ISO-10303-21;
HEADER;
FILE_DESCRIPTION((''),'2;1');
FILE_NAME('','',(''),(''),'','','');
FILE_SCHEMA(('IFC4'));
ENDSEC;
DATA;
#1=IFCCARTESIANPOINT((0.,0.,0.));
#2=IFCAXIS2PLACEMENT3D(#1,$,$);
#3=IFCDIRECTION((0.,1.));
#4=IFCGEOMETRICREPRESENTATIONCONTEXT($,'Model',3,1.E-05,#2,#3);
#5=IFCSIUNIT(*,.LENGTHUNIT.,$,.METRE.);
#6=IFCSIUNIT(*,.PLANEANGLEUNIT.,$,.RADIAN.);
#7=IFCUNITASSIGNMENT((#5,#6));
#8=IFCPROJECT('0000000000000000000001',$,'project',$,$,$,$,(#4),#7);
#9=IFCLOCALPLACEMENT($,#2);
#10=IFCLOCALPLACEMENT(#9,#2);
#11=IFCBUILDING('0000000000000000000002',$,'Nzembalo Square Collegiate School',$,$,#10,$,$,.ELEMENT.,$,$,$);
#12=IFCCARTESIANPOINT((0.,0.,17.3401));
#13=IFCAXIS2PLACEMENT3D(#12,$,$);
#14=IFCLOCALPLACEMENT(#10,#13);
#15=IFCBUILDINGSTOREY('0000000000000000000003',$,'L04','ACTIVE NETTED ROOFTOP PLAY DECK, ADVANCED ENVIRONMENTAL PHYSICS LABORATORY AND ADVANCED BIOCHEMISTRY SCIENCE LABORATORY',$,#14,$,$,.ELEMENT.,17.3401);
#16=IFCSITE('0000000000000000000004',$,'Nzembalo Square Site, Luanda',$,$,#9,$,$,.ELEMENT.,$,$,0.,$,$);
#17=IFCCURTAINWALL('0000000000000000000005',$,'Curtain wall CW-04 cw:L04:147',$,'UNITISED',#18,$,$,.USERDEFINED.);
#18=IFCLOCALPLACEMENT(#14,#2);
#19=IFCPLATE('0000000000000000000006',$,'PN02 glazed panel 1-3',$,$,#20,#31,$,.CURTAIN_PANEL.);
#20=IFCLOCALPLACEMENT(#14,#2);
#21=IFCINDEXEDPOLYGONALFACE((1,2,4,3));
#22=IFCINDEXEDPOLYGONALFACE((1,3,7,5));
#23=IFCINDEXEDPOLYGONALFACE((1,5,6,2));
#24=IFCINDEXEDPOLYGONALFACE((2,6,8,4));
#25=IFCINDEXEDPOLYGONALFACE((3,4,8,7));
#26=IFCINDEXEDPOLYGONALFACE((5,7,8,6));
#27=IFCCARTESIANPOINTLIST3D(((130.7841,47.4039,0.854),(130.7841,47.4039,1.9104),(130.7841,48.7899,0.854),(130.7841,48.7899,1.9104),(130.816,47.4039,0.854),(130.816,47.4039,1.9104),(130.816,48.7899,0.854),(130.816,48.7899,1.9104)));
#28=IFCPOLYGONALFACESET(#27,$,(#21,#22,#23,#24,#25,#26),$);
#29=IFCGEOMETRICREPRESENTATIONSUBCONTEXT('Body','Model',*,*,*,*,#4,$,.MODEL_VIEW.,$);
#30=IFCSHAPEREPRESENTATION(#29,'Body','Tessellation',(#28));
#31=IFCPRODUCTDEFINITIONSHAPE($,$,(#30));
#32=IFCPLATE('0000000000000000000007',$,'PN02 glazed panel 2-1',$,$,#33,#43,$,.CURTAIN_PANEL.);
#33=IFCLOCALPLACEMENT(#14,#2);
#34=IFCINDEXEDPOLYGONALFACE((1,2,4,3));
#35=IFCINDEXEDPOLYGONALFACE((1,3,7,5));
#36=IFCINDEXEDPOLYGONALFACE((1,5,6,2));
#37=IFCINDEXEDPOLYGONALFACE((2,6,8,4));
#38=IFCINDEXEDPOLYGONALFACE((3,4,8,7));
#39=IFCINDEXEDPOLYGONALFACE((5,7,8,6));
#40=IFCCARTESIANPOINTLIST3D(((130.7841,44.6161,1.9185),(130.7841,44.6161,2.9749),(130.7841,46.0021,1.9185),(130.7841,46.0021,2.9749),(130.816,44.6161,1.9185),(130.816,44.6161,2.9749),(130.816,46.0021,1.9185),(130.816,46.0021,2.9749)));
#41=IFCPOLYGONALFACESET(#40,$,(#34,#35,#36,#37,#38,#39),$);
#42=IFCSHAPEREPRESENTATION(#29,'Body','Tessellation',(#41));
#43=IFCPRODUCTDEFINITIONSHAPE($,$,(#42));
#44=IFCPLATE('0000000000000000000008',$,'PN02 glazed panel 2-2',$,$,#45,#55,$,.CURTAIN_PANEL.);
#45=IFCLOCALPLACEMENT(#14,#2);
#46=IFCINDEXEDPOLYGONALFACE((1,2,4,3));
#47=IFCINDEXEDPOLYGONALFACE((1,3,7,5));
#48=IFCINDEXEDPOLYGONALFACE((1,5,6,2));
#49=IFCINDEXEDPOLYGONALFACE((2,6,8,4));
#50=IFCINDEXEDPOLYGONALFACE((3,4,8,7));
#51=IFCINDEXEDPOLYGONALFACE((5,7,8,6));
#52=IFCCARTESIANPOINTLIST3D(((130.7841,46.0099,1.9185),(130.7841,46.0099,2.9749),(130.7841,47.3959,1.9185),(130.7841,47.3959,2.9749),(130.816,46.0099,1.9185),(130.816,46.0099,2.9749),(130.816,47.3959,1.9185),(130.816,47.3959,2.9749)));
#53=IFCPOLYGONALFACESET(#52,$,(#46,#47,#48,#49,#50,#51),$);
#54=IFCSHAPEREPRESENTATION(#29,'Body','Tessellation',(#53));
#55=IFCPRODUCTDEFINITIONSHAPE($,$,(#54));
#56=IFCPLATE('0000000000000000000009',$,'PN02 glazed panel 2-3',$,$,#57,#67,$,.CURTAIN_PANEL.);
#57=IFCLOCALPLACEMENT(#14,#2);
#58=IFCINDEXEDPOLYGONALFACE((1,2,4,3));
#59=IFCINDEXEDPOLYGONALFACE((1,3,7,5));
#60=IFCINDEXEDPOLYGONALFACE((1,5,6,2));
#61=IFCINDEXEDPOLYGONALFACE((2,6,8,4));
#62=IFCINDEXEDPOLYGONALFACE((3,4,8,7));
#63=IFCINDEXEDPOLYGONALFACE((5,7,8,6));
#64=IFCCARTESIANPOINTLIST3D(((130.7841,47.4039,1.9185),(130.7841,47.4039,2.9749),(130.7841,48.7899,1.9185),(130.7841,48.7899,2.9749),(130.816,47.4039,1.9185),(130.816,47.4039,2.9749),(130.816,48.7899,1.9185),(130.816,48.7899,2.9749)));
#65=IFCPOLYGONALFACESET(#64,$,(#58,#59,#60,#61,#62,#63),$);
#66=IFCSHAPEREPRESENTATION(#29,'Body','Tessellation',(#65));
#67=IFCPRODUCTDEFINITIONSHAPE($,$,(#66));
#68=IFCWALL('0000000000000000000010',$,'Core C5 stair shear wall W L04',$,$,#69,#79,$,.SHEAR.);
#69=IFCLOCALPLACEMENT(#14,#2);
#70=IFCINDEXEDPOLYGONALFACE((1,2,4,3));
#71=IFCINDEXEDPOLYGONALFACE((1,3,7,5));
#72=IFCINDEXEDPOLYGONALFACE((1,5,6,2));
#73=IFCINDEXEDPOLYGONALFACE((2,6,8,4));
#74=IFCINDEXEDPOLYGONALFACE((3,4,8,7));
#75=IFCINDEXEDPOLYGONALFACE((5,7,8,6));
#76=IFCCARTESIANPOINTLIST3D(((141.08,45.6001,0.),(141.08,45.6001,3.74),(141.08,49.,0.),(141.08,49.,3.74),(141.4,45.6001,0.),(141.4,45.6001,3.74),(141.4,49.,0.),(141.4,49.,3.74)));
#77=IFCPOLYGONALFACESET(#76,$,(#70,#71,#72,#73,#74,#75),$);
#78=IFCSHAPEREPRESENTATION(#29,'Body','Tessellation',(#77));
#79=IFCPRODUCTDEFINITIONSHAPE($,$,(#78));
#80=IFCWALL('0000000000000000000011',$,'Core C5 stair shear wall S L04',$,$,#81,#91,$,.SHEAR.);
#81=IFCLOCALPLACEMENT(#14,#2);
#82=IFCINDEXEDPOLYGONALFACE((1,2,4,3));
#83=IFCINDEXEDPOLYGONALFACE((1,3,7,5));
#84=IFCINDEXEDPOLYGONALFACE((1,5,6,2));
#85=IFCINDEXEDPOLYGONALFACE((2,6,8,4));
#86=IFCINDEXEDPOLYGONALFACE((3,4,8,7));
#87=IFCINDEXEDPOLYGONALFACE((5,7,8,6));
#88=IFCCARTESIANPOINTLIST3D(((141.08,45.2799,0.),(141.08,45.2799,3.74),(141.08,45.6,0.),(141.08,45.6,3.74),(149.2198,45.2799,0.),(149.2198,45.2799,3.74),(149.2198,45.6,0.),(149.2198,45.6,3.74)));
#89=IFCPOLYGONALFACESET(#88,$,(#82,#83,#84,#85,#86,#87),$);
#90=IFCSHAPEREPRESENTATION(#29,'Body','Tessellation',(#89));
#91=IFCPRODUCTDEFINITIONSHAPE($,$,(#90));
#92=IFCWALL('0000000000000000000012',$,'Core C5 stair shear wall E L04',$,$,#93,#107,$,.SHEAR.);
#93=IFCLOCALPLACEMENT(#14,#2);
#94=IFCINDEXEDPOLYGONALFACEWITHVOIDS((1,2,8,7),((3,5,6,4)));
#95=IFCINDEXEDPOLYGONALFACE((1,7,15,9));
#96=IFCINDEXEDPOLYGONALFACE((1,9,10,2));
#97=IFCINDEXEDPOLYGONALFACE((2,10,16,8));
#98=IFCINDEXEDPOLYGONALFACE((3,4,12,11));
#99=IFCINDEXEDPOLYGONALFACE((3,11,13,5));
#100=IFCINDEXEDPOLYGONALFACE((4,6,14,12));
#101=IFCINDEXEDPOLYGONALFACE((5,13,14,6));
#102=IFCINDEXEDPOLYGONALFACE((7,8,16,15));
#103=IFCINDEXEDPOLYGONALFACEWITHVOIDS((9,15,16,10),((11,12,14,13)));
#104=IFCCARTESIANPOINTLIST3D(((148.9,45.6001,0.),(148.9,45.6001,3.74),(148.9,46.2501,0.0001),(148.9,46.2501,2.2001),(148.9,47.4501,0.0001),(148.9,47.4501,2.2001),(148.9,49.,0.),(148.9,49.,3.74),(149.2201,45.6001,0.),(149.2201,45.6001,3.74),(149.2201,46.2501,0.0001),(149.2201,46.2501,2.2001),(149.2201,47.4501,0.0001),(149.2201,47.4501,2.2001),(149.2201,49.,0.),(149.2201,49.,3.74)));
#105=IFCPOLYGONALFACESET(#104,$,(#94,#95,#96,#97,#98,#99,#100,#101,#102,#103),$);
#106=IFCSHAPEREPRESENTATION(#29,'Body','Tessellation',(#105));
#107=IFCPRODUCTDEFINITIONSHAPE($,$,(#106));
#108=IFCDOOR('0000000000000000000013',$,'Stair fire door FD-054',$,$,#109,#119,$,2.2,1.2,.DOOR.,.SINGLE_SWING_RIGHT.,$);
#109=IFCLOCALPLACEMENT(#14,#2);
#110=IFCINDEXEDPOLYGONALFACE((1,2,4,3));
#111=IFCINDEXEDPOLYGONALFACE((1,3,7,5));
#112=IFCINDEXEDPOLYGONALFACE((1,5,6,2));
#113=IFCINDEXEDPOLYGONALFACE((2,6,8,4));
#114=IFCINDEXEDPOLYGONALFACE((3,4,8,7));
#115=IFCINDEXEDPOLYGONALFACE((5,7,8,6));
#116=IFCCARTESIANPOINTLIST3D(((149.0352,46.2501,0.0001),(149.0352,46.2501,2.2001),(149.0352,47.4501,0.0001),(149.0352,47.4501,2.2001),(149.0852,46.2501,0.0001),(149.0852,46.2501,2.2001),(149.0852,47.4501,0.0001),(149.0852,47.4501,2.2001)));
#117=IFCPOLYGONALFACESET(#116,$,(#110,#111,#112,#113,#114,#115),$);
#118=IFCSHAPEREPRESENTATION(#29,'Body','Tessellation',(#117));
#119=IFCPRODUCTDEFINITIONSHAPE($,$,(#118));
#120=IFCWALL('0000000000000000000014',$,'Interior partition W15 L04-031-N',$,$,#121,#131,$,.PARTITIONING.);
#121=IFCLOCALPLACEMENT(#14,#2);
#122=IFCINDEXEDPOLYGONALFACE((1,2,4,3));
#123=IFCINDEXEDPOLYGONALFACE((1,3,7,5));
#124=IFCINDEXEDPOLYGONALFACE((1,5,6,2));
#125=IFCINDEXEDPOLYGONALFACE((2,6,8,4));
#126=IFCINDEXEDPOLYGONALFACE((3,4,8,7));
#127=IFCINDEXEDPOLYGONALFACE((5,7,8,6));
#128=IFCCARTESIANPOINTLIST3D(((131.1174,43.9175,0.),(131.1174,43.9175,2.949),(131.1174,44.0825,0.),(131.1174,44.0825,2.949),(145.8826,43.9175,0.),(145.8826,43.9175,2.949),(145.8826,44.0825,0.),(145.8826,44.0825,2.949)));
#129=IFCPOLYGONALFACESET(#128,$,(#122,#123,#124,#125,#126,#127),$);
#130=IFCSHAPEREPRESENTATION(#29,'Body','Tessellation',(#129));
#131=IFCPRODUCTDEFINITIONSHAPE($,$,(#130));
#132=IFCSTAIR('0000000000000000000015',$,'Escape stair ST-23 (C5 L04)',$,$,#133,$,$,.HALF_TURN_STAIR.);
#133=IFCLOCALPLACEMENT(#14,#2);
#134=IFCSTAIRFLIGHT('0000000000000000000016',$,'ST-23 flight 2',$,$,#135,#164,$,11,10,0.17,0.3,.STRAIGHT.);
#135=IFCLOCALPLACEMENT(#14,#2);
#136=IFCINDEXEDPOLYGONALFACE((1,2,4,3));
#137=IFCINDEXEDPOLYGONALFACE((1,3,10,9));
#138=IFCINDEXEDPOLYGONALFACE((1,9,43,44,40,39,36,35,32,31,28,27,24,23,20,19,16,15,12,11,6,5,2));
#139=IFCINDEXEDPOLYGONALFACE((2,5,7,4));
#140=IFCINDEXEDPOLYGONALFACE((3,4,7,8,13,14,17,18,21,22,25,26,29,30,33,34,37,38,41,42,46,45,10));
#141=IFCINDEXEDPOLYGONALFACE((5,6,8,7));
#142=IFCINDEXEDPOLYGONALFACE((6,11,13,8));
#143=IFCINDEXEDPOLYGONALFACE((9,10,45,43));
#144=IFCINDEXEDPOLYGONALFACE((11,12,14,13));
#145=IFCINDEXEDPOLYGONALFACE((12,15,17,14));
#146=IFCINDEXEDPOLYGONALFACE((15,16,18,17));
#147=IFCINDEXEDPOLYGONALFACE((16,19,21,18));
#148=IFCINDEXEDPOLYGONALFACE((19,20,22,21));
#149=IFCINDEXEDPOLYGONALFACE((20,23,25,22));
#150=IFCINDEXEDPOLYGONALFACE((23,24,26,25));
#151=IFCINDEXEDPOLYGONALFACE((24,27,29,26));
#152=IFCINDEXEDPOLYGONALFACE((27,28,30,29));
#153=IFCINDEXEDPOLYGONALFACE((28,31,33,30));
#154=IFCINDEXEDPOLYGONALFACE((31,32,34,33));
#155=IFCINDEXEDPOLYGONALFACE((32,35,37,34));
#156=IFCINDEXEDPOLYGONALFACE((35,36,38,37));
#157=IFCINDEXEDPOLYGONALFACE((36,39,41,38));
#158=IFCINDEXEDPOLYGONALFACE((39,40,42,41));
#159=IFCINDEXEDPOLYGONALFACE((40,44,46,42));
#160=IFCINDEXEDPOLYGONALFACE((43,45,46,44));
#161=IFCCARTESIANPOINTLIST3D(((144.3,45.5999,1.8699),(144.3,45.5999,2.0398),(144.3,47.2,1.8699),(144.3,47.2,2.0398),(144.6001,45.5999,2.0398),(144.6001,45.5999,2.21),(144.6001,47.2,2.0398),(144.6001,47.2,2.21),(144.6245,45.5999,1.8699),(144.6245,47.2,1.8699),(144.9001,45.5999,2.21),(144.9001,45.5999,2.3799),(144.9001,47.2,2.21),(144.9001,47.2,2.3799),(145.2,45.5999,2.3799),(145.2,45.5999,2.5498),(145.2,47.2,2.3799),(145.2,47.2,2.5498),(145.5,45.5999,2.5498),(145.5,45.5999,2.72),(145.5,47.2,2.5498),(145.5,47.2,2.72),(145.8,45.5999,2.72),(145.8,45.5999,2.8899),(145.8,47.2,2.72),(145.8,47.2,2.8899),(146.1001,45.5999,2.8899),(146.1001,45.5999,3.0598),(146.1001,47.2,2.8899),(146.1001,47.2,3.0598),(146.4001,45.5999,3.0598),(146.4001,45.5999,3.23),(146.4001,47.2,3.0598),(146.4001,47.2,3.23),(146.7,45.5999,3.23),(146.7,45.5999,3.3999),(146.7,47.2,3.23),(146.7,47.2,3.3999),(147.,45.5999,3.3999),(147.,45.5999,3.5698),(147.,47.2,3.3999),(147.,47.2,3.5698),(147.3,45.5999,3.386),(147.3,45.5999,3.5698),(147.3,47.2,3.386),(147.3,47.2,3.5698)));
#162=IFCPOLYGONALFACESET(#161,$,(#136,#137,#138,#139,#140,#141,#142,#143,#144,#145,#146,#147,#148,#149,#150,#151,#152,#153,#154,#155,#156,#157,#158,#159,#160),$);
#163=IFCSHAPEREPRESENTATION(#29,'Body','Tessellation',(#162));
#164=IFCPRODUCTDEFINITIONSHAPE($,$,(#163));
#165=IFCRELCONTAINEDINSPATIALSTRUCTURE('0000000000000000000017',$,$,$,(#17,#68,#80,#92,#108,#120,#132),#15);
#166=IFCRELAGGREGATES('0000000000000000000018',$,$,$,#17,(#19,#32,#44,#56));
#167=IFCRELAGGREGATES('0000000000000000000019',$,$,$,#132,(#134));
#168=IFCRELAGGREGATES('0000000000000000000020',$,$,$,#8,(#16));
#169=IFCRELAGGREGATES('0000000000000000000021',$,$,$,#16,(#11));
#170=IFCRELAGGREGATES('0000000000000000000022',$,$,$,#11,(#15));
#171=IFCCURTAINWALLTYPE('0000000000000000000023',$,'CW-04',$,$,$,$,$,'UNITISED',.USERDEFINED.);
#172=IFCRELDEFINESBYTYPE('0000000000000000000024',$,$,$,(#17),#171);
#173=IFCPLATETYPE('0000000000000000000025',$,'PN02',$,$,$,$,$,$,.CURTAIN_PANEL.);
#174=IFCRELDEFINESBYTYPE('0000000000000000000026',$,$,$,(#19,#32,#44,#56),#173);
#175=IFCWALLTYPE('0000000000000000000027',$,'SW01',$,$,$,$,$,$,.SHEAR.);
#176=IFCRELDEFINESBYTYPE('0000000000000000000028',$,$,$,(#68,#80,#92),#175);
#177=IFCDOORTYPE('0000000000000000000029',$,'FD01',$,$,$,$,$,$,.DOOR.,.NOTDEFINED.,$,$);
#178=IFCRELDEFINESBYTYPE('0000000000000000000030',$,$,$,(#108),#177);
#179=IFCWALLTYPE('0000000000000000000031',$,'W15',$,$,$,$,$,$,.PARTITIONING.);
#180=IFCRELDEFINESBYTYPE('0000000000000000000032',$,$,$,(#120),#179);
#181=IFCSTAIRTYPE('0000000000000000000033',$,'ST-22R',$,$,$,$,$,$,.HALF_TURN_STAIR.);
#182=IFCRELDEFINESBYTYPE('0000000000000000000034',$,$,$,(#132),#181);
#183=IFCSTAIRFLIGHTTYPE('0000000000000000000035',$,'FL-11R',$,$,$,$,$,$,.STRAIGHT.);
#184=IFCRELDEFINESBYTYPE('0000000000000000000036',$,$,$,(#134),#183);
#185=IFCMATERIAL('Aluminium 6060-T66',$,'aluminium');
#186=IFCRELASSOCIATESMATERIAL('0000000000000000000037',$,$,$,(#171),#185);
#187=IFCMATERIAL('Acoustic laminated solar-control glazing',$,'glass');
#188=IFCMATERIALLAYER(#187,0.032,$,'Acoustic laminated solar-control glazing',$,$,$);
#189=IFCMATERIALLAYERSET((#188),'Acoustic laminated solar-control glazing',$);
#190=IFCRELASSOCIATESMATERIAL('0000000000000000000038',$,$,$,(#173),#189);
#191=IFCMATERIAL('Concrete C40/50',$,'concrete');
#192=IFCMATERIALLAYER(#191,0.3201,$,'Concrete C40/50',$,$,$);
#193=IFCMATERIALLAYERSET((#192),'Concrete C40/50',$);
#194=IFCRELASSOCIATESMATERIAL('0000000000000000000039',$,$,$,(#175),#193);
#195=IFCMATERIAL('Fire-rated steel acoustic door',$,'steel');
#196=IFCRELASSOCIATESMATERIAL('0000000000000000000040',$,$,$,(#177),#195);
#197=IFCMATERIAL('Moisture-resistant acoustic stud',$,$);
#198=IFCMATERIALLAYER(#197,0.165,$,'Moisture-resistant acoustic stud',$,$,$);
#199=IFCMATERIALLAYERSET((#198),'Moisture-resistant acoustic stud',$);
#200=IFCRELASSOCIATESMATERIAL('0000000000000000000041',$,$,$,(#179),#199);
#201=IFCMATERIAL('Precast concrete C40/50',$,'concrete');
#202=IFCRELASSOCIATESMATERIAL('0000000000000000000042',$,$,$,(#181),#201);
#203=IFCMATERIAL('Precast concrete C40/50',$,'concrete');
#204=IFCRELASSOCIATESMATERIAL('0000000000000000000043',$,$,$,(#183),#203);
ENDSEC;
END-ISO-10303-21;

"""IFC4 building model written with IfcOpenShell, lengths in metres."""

from ifc_helpers import new_model, si_unit, direction, frame, frame_2d, origin, origin_2d, place, context, subcontext, project, spatial, polyline, rectangle, outline, extrude, material, layer, layer_set, type_object, element, fill, aggregate, save


model = new_model("IFC4")

# Units and contexts
model_context = context("Model", 3, precision=1e-05, world=origin(), true_north=direction((0.0, 1.0)))
body_context = subcontext(model_context, "Body", "Model", "MODEL_VIEW")
ifc_project = project(units=[si_unit("LENGTHUNIT", "METRE"), si_unit("PLANEANGLEUNIT", "RADIAN")], contexts=[model_context])

# Site, building, storey
site_placement = place(None, origin())
site = spatial("IfcSite", under=ifc_project, at=site_placement, Name="Nzembalo Square Site, Luanda", CompositionType="ELEMENT", RefElevation=0.0)
building_placement = place(site_placement, origin())
building = spatial("IfcBuilding", under=site, at=building_placement, Name="Nzembalo Square Collegiate School", CompositionType="ELEMENT")
storey_placement = place(building_placement, frame((0.0, 0.0, 17.3401)))
storey = spatial("IfcBuildingStorey", under=building, at=storey_placement, Name="L04", Description="ACTIVE NETTED ROOFTOP PLAY DECK, ADVANCED ENVIRONMENTAL PHYSICS LABORATORY AND ADVANCED BIOCHEMISTRY SCIENCE LABORATORY", CompositionType="ELEMENT", Elevation=17.3401)

# Curtain wall, plates
ifc_material_1 = material(Name="Aluminium 6060-T66", Category="aluminium")
curtain_wall_type = type_object("IfcCurtainWallType", Name="CW-04", ElementType="UNITISED", PredefinedType="USERDEFINED", material=ifc_material_1)
curtain_wall_placement = place(storey_placement, origin())
curtain_wall = element("IfcCurtainWall", 1, at=curtain_wall_placement, inside=storey, type_object=curtain_wall_type, Name="Curtain wall CW-04 cw:L04:147", ObjectType="UNITISED", PredefinedType="USERDEFINED")
ifc_material_2 = material(Name="Acoustic laminated solar-control glazing", Category="glass")
ifc_layer_1 = layer(ifc_material_2, 0.032, Name="Acoustic laminated solar-control glazing")
ifc_layer_set_1 = layer_set([ifc_layer_1], Name="Acoustic laminated solar-control glazing")
plate_type = type_object("IfcPlateType", Name="PN02", PredefinedType="CURTAIN_PANEL", material=ifc_layer_set_1)
plate_1_placement = place(storey_placement, frame((130.8, 48.0969, 0.854), z_axis=(0.0, 0.0, 1.0), x_axis=(0.0, 1.0, 0.0)))
plate_1 = element("IfcPlate", 2, at=plate_1_placement, type_object=plate_type, Name="PN02 glazed panel 1-3", PredefinedType="CURTAIN_PANEL", context=body_context, shape_type="SweptSolid", body=[
    extrude(rectangle(XDim=1.386, YDim=0.032, at=origin_2d()), origin(), (0.0, 0.0, 1.0), 1.0564),
])
plate_2_placement = place(storey_placement, frame((130.8, 45.3091, 1.9185), z_axis=(0.0, 0.0, 1.0), x_axis=(0.0, 1.0, 0.0)))
plate_2 = element("IfcPlate", 3, at=plate_2_placement, type_object=plate_type, Name="PN02 glazed panel 2-1", PredefinedType="CURTAIN_PANEL", context=body_context, shape_type="SweptSolid", body=[
    extrude(rectangle(XDim=1.386, YDim=0.032, at=origin_2d()), origin(), (0.0, 0.0, 1.0), 1.0564),
])
plate_3_placement = place(storey_placement, frame((130.8, 46.7029, 1.9185), z_axis=(0.0, 0.0, 1.0), x_axis=(0.0, 1.0, 0.0)))
plate_3 = element("IfcPlate", 4, at=plate_3_placement, type_object=plate_type, Name="PN02 glazed panel 2-2", PredefinedType="CURTAIN_PANEL", context=body_context, shape_type="SweptSolid", body=[
    extrude(rectangle(XDim=1.386, YDim=0.032, at=origin_2d()), origin(), (0.0, 0.0, 1.0), 1.0564),
])
plate_4_placement = place(storey_placement, frame((130.8, 48.0969, 1.9185), z_axis=(0.0, 0.0, 1.0), x_axis=(0.0, 1.0, 0.0)))
plate_4 = element("IfcPlate", 5, at=plate_4_placement, type_object=plate_type, Name="PN02 glazed panel 2-3", PredefinedType="CURTAIN_PANEL", context=body_context, shape_type="SweptSolid", body=[
    extrude(rectangle(XDim=1.386, YDim=0.032, at=origin_2d()), origin(), (0.0, 0.0, 1.0), 1.0564),
])
aggregate(curtain_wall, [plate_1, plate_2, plate_3, plate_4])

# Walls
ifc_material_3 = material(Name="Concrete C40/50", Category="concrete")
ifc_layer_2 = layer(ifc_material_3, 0.3201, Name="Concrete C40/50")
ifc_layer_set_2 = layer_set([ifc_layer_2], Name="Concrete C40/50")
wall_type_1 = type_object("IfcWallType", Name="SW01", PredefinedType="SHEAR", material=ifc_layer_set_2)
wall_1_placement = place(storey_placement, frame((141.24, 45.6001, 0.0), z_axis=(0.0, 0.0, 1.0), x_axis=(0.0, 1.0, 0.0)))
element("IfcWall", 6, at=wall_1_placement, inside=storey, type_object=wall_type_1, Name="Core C5 stair shear wall W L04", PredefinedType="SHEAR", context=body_context, shape_type="SweptSolid", body=[
    extrude(rectangle(XDim=3.3999, YDim=0.3201, at=frame_2d((1.7, 0.0))), origin(), (0.0, 0.0, 1.0), 3.74),
])
wall_2_placement = place(storey_placement, frame((141.0801, 45.4399, 0.0), z_axis=(0.0, 0.0, 1.0), x_axis=(1.0, 0.0, 0.0)))
element("IfcWall", 7, at=wall_2_placement, inside=storey, type_object=wall_type_1, Name="Core C5 stair shear wall S L04", PredefinedType="SHEAR", context=body_context, shape_type="SweptSolid", body=[
    extrude(rectangle(XDim=8.1399, YDim=0.3201, at=frame_2d((4.0698, 0.0))), origin(), (0.0, 0.0, 1.0), 3.74),
])

# Wall, opening, door
wall_3_placement = place(storey_placement, frame((149.0601, 45.6001, 0.0), z_axis=(0.0, 0.0, 1.0), x_axis=(0.0, 1.0, 0.0)))
wall_3 = element("IfcWall", 8, at=wall_3_placement, inside=storey, type_object=wall_type_1, Name="Core C5 stair shear wall E L04", PredefinedType="SHEAR", context=body_context, shape_type="SweptSolid", body=[
    extrude(rectangle(XDim=3.3999, YDim=0.3201, at=frame_2d((1.7, 0.0))), origin(), (0.0, 0.0, 1.0), 3.74),
])
opening_placement = place(wall_3_placement, frame((0.6499, 0.0, 0.0)))
opening = element("IfcOpeningElement", 9, at=opening_placement, cuts=wall_3, PredefinedType="OPENING", context=body_context, shape_type="SweptSolid", body=[
    extrude(rectangle(XDim=1.2, YDim=2.2, at=frame_2d((0.6001, 1.1001))), frame((0.0, 0.1699, 0.0), z_axis=(0.0, -1.0, 0.0), x_axis=(1.0, 0.0, 0.0)), (0.0, 0.0, 1.0), 0.3401),
])
ifc_material_4 = material(Name="Fire-rated steel acoustic door", Category="steel")
door_type = type_object("IfcDoorType", Name="FD01", OperationType="NOTDEFINED", PredefinedType="DOOR", material=ifc_material_4)
door_placement = place(opening_placement, origin())
door = element("IfcDoor", 10, at=door_placement, inside=storey, type_object=door_type, Name="Stair fire door FD-054", OperationType="SINGLE_SWING_RIGHT", OverallHeight=2.2, OverallWidth=1.2, PredefinedType="DOOR", context=body_context, shape_type="SweptSolid", body=[
    extrude(rectangle(XDim=1.2, YDim=2.2, at=frame_2d((0.6001, 1.1001))), frame((0.0, 0.0249, 0.0), z_axis=(0.0, -1.0, 0.0), x_axis=(1.0, 0.0, 0.0)), (0.0, 0.0, 1.0), 0.05),
])
fill(opening, door)

# Wall
ifc_material_5 = material(Name="Moisture-resistant acoustic stud")
ifc_layer_3 = layer(ifc_material_5, 0.165, Name="Moisture-resistant acoustic stud")
ifc_layer_set_3 = layer_set([ifc_layer_3], Name="Moisture-resistant acoustic stud")
wall_type_2 = type_object("IfcWallType", Name="W15", PredefinedType="PARTITIONING", material=ifc_layer_set_3)
wall_4_placement = place(storey_placement, frame((131.1174, 44.0, 0.0), z_axis=(0.0, 0.0, 1.0), x_axis=(1.0, 0.0, 0.0)))
element("IfcWall", 11, at=wall_4_placement, inside=storey, type_object=wall_type_2, Name="Interior partition W15 L04-031-N", PredefinedType="PARTITIONING", context=body_context, shape_type="SweptSolid", body=[
    extrude(rectangle(XDim=14.7651, YDim=0.165, at=frame_2d((7.3826, 0.0))), origin(), (0.0, 0.0, 1.0), 2.949),
])

# Stair, stair flight
ifc_material_6 = material(Name="Precast concrete C40/50", Category="concrete")
stair_type = type_object("IfcStairType", Name="ST-22R", PredefinedType="HALF_TURN_STAIR", material=ifc_material_6)
stair_placement = place(storey_placement, origin())
stair = element("IfcStair", 12, at=stair_placement, inside=storey, type_object=stair_type, Name="Escape stair ST-23 (C5 L04)", PredefinedType="HALF_TURN_STAIR")
ifc_material_7 = material(Name="Precast concrete C40/50", Category="concrete")
stair_flight_type = type_object("IfcStairFlightType", Name="FL-11R", PredefinedType="STRAIGHT", material=ifc_material_7)
stair_flight_placement = place(storey_placement, frame((144.3, 46.3999, 1.8699), z_axis=(0.0, 0.0, 1.0), x_axis=(1.0, 0.0, 0.0)))
stair_flight = element("IfcStairFlight", 13, at=stair_flight_placement, type_object=stair_flight_type, Name="ST-23 flight 2", NumberOfRisers=11, NumberOfTreads=10, PredefinedType="STRAIGHT", RiserHeight=0.17, TreadLength=0.3, context=body_context, shape_type="SweptSolid", body=[
    extrude(outline(polyline([(0.0, 0.0), (0.0, 0.1699), (0.3, 0.1699), (0.3, 0.3401), (0.6001, 0.3401), (0.6001, 0.51), (0.8999, 0.51), (0.8999, 0.6799), (1.2, 0.6799), (1.2, 0.8501), (1.5, 0.8501), (1.5, 1.02), (1.8, 1.02), (1.8, 1.1899), (2.1001, 1.1899), (2.1001, 1.3601), (2.3999, 1.3601), (2.3999, 1.53), (2.7, 1.53), (2.7, 1.7), (3.0, 1.7), (3.0, 1.8701), (3.0, 1.5161), (0.3245, 0.0), (0.0, 0.0)])), frame((0.0, 0.8, 0.0), z_axis=(0.0, -1.0, 0.0), x_axis=(1.0, 0.0, 0.0)), (0.0, 0.0, 1.0), 1.6001),
])
aggregate(stair, [stair_flight])

save(model, "model.ifc")
